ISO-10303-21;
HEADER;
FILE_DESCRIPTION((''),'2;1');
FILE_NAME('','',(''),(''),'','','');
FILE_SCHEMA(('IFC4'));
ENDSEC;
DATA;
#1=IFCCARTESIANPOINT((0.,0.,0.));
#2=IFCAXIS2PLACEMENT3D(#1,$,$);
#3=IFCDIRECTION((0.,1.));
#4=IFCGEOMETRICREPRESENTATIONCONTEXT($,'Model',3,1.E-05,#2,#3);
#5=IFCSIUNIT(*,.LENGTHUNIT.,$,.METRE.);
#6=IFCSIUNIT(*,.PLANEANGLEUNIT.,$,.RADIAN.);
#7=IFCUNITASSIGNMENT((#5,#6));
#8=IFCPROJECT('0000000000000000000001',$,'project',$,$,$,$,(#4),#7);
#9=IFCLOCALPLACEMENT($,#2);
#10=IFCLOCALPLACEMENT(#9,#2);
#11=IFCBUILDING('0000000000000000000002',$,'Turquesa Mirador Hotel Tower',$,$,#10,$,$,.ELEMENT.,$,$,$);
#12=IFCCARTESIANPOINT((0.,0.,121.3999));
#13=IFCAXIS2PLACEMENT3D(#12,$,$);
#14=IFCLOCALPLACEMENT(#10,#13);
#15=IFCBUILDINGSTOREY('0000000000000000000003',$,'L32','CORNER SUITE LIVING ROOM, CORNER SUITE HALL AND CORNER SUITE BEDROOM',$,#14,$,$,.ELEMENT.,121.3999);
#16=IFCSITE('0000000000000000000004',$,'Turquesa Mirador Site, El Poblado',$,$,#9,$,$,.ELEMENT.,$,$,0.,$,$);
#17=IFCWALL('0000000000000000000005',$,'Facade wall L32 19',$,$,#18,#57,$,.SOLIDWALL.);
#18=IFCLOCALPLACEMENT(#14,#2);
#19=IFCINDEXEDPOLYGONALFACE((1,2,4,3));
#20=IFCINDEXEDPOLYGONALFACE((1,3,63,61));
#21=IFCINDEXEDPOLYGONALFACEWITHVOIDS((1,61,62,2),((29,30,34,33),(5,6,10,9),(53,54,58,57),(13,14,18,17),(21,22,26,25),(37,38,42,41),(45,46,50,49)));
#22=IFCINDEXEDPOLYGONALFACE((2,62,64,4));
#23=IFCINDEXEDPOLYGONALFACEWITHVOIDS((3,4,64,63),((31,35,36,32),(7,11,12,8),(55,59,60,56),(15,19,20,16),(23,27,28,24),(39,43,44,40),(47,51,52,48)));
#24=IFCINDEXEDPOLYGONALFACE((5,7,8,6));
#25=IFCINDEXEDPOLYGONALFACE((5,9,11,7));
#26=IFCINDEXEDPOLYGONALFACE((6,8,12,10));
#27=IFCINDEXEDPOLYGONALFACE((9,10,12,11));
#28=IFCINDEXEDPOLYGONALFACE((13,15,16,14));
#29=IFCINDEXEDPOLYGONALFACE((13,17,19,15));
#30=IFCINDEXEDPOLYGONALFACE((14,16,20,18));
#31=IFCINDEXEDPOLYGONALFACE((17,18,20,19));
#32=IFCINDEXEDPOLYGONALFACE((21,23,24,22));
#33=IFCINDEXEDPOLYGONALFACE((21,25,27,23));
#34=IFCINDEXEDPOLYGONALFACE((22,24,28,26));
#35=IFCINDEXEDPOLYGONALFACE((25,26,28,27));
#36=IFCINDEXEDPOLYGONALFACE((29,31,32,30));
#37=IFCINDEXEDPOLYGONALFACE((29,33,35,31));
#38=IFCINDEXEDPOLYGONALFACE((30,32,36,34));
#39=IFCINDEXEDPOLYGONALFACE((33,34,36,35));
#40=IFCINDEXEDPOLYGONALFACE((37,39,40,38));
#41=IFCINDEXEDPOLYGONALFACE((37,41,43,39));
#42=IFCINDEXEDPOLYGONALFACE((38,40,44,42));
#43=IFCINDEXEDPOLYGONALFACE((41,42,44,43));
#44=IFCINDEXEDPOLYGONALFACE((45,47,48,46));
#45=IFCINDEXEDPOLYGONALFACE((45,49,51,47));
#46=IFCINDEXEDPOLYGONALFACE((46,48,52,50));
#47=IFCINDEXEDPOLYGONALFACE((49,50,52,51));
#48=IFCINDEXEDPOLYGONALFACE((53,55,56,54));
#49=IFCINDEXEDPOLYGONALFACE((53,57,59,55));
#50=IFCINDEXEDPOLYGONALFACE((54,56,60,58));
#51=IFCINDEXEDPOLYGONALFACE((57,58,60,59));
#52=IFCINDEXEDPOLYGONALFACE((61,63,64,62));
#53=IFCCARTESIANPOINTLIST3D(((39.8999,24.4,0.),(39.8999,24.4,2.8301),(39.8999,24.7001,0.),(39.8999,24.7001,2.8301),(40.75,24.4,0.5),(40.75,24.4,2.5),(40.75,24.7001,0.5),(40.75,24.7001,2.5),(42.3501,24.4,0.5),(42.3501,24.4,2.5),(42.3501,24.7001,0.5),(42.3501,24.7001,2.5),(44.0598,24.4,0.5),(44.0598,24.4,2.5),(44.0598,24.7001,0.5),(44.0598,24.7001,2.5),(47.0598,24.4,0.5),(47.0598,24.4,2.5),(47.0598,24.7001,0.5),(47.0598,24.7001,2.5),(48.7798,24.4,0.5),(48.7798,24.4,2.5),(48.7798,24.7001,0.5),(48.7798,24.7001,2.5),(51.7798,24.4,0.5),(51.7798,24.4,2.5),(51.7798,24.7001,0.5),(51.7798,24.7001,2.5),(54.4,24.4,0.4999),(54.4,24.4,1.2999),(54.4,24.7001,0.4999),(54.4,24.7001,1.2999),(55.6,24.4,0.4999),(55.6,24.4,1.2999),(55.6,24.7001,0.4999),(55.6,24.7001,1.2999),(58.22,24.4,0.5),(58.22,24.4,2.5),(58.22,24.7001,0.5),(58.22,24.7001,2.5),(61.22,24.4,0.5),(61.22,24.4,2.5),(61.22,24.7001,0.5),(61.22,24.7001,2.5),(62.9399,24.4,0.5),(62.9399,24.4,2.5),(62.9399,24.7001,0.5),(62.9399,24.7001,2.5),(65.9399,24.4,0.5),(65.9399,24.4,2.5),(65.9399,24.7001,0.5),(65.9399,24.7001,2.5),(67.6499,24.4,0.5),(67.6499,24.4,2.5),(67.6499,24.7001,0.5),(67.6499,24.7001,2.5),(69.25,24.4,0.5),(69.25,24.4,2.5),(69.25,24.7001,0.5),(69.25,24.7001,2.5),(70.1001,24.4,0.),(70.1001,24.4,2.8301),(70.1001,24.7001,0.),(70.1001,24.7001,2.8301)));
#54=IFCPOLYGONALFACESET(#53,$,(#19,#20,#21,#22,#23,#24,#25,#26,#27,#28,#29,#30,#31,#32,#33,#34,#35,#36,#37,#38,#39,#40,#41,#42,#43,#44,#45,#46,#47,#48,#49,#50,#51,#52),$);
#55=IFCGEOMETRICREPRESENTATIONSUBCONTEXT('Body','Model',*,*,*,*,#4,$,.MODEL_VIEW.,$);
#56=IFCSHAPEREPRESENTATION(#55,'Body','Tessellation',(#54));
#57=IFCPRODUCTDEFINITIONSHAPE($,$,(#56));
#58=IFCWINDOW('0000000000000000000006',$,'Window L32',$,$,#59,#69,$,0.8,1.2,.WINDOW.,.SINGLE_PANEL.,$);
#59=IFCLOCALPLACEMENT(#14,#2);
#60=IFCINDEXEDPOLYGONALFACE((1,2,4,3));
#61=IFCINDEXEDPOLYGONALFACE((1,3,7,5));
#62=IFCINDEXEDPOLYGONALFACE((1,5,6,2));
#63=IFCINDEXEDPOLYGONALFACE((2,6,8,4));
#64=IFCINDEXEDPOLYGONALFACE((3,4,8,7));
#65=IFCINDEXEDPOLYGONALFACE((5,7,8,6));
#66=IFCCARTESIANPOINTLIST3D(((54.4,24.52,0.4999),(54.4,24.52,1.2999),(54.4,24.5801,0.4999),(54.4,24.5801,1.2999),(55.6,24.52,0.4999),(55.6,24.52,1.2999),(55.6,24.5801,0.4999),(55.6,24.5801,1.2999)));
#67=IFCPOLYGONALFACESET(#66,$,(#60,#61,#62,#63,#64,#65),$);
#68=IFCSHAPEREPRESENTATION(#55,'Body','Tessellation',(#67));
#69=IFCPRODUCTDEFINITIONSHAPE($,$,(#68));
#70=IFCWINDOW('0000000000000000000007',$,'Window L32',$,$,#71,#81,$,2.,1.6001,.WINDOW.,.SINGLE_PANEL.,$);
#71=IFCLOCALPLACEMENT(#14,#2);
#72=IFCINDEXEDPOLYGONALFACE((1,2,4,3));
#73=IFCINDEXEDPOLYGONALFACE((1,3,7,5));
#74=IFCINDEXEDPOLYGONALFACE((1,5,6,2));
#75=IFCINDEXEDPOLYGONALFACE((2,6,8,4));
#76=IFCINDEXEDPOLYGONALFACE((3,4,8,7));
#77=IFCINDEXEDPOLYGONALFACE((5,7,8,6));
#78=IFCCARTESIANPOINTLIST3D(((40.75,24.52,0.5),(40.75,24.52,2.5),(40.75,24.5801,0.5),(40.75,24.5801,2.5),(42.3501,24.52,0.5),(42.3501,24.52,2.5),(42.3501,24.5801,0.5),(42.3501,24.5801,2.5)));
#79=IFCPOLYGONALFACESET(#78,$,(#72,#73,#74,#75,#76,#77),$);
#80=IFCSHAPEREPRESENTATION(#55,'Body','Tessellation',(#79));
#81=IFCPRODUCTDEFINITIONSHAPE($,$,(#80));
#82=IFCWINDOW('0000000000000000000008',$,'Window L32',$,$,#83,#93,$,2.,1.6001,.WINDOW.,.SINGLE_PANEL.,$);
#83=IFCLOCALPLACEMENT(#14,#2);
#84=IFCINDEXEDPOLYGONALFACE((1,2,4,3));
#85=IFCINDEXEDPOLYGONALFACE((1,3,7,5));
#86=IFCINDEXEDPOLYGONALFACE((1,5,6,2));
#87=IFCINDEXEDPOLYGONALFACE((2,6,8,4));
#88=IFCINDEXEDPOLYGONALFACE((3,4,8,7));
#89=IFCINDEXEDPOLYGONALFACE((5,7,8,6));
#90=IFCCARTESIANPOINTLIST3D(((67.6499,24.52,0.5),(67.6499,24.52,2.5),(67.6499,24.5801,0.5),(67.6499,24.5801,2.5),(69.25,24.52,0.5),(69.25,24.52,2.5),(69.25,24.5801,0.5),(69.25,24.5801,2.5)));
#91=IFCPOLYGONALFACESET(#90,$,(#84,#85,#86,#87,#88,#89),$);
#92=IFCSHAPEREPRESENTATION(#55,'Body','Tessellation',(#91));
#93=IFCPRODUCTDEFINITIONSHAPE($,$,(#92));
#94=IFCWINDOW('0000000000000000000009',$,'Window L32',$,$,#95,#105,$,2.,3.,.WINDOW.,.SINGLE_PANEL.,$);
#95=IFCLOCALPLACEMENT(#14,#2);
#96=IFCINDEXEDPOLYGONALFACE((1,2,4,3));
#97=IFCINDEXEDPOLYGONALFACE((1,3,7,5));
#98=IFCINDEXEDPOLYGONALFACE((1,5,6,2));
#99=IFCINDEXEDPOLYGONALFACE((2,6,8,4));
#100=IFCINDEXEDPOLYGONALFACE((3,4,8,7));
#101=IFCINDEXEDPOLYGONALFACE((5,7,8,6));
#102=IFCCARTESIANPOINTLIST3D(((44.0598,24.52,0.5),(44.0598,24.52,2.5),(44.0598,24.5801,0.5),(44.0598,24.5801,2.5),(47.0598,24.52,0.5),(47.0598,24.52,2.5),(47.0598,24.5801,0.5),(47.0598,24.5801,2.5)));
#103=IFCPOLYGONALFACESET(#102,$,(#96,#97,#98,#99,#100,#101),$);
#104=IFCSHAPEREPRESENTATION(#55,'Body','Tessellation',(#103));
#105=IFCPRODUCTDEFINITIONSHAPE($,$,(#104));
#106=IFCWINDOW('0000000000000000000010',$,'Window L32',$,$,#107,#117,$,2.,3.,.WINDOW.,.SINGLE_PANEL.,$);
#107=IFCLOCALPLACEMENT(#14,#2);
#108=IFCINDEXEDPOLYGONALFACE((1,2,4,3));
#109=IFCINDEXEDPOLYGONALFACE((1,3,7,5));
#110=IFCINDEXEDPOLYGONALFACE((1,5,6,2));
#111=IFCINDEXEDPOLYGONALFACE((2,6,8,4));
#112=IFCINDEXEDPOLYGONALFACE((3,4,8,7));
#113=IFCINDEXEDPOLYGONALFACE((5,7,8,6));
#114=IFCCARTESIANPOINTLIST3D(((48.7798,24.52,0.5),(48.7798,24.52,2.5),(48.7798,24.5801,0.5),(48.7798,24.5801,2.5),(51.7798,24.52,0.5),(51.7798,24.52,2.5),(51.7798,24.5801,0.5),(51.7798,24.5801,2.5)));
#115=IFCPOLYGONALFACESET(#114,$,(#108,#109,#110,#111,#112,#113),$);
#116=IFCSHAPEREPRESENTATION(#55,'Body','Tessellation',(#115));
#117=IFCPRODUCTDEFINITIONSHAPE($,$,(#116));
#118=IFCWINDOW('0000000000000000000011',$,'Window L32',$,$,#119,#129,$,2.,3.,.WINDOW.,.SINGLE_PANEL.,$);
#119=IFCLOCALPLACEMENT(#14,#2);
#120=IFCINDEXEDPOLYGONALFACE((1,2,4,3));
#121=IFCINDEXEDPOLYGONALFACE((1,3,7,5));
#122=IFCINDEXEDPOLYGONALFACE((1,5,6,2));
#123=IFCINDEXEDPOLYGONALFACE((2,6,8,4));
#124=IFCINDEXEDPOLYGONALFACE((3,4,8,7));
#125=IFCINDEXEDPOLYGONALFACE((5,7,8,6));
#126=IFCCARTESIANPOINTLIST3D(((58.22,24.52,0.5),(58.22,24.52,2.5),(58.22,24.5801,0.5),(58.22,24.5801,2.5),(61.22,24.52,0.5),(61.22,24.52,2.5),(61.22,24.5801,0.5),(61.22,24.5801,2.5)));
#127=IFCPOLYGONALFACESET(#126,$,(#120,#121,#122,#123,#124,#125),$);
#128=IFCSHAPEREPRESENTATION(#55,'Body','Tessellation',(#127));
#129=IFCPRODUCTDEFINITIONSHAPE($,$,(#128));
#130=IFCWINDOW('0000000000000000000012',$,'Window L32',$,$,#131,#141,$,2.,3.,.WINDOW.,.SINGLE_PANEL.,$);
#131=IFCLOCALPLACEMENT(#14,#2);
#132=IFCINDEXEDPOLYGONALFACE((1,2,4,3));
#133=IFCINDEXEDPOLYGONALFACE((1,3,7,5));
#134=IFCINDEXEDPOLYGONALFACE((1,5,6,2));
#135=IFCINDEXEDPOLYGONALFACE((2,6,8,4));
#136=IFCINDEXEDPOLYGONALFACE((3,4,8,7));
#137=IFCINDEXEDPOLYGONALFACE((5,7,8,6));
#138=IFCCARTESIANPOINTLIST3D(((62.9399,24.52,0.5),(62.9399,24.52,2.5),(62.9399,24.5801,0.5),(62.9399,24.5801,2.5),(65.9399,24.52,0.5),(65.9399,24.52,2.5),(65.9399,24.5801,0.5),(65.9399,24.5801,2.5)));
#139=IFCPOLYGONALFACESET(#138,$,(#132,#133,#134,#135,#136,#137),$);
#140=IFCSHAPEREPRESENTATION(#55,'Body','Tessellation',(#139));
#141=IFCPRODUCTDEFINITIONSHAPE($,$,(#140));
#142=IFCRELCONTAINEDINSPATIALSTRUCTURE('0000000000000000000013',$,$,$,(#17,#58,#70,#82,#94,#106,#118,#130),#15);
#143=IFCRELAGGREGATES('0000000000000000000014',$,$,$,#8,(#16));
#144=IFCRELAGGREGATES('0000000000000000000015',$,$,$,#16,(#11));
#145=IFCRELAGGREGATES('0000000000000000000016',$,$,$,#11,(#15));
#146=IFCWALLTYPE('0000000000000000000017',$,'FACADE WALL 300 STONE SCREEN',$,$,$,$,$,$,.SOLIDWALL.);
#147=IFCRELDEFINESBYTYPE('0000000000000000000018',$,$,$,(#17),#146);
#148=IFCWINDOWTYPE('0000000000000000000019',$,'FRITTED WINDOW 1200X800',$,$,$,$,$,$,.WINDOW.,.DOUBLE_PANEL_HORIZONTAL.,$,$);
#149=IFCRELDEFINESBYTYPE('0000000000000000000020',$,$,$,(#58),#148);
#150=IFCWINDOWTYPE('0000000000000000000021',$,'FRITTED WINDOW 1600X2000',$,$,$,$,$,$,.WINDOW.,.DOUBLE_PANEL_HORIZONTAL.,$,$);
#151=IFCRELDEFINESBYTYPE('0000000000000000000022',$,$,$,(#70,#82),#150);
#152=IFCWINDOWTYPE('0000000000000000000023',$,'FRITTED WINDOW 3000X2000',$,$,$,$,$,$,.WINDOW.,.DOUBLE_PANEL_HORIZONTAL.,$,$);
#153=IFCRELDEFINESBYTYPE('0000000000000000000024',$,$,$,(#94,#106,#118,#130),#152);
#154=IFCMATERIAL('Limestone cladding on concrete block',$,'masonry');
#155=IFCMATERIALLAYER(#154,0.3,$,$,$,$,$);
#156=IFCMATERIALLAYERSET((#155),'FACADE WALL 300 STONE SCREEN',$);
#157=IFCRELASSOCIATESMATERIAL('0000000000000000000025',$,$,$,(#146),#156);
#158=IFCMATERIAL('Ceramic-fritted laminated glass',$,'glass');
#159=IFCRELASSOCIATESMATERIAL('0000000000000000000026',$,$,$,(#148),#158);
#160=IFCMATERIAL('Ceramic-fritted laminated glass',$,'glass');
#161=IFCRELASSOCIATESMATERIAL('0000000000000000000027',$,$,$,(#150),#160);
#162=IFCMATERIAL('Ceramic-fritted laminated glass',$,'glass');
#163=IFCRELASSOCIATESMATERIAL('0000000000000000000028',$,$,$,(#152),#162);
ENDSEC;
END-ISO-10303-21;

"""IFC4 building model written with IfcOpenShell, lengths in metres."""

from ifc_helpers import new_model, si_unit, direction, frame, frame_2d, origin, place, context, subcontext, project, spatial, rectangle, extrude, material, layer, layer_set, type_object, element, fill, save


model = new_model("IFC4")

# Units and contexts
model_context = context("Model", 3, precision=1e-05, world=origin(), true_north=direction((0.0, 1.0)))
body_context = subcontext(model_context, "Body", "Model", "MODEL_VIEW")
ifc_project = project(units=[si_unit("LENGTHUNIT", "METRE"), si_unit("PLANEANGLEUNIT", "RADIAN")], contexts=[model_context])

# Site, building, storey
site_placement = place(None, origin())
site = spatial("IfcSite", under=ifc_project, at=site_placement, Name="Turquesa Mirador Site, El Poblado", CompositionType="ELEMENT", RefElevation=0.0)
building_placement = place(site_placement, origin())
building = spatial("IfcBuilding", under=site, at=building_placement, Name="Turquesa Mirador Hotel Tower", CompositionType="ELEMENT")
storey_placement = place(building_placement, frame((0.0, 0.0, 121.3999)))
storey = spatial("IfcBuildingStorey", under=building, at=storey_placement, Name="L32", Description="CORNER SUITE LIVING ROOM, CORNER SUITE HALL AND CORNER SUITE BEDROOM", CompositionType="ELEMENT", Elevation=121.3999)

# Shared definitions
ifc_material_1 = material(Name="Limestone cladding on concrete block", Category="masonry")
ifc_layer_1 = layer(ifc_material_1, 0.3)
ifc_layer_set_1 = layer_set([ifc_layer_1], Name="FACADE WALL 300 STONE SCREEN")
wall_type_1 = type_object("IfcWallType", Name="FACADE WALL 300 STONE SCREEN", PredefinedType="SOLIDWALL", material=ifc_layer_set_1)

# Wall, openings, windows
wall_1_placement = place(storey_placement, frame((39.8999, 24.55, 0.0), z_axis=(0.0, 0.0, 1.0), x_axis=(1.0, 0.0, 0.0)))
wall_1 = element("IfcWall", 1, at=wall_1_placement, inside=storey, type_object=wall_type_1, Name="Facade wall L32 19", PredefinedType="SOLIDWALL", context=body_context, shape_type="SweptSolid", body=[
    extrude(rectangle(XDim=30.2002, YDim=0.3, at=frame_2d((15.1001, 0.0))), origin(), (0.0, 0.0, 1.0), 2.8301),
])
opening_1_placement = place(wall_1_placement, frame((0.8501, 0.0, 0.5)))
opening_1 = element("IfcOpeningElement", 2, at=opening_1_placement, cuts=wall_1, PredefinedType="OPENING", context=body_context, shape_type="SweptSolid", body=[
    extrude(rectangle(XDim=1.6001, YDim=2.0, at=frame_2d((0.8, 1.0))), frame((0.0, 0.1599, 0.0), z_axis=(0.0, -1.0, 0.0), x_axis=(1.0, 0.0, 0.0)), (0.0, 0.0, 1.0), 0.3201),
])
opening_2_placement = place(wall_1_placement, frame((4.1599, 0.0, 0.5)))
opening_2 = element("IfcOpeningElement", 3, at=opening_2_placement, cuts=wall_1, PredefinedType="OPENING", context=body_context, shape_type="SweptSolid", body=[
    extrude(rectangle(XDim=3.0, YDim=2.0, at=frame_2d((1.5, 1.0))), frame((0.0, 0.1599, 0.0), z_axis=(0.0, -1.0, 0.0), x_axis=(1.0, 0.0, 0.0)), (0.0, 0.0, 1.0), 0.3201),
])
opening_3_placement = place(wall_1_placement, frame((8.8799, 0.0, 0.5)))
opening_3 = element("IfcOpeningElement", 4, at=opening_3_placement, cuts=wall_1, PredefinedType="OPENING", context=body_context, shape_type="SweptSolid", body=[
    extrude(rectangle(XDim=3.0, YDim=2.0, at=frame_2d((1.5, 1.0))), frame((0.0, 0.1599, 0.0), z_axis=(0.0, -1.0, 0.0), x_axis=(1.0, 0.0, 0.0)), (0.0, 0.0, 1.0), 0.3201),
])
opening_4_placement = place(wall_1_placement, frame((14.5, 0.0, 0.5)))
opening_4 = element("IfcOpeningElement", 5, at=opening_4_placement, cuts=wall_1, PredefinedType="OPENING", context=body_context, shape_type="SweptSolid", body=[
    extrude(rectangle(XDim=1.2, YDim=0.8, at=frame_2d((0.6001, 0.3999))), frame((0.0, 0.1599, 0.0), z_axis=(0.0, -1.0, 0.0), x_axis=(1.0, 0.0, 0.0)), (0.0, 0.0, 1.0), 0.3201),
])
opening_5_placement = place(wall_1_placement, frame((18.3201, 0.0, 0.5)))
opening_5 = element("IfcOpeningElement", 6, at=opening_5_placement, cuts=wall_1, PredefinedType="OPENING", context=body_context, shape_type="SweptSolid", body=[
    extrude(rectangle(XDim=3.0, YDim=2.0, at=frame_2d((1.5, 1.0))), frame((0.0, 0.1599, 0.0), z_axis=(0.0, -1.0, 0.0), x_axis=(1.0, 0.0, 0.0)), (0.0, 0.0, 1.0), 0.3201),
])
opening_6_placement = place(wall_1_placement, frame((23.04, 0.0, 0.5)))
opening_6 = element("IfcOpeningElement", 7, at=opening_6_placement, cuts=wall_1, PredefinedType="OPENING", context=body_context, shape_type="SweptSolid", body=[
    extrude(rectangle(XDim=3.0, YDim=2.0, at=frame_2d((1.5, 1.0))), frame((0.0, 0.1599, 0.0), z_axis=(0.0, -1.0, 0.0), x_axis=(1.0, 0.0, 0.0)), (0.0, 0.0, 1.0), 0.3201),
])
opening_7_placement = place(wall_1_placement, frame((27.75, 0.0, 0.5)))
opening_7 = element("IfcOpeningElement", 8, at=opening_7_placement, cuts=wall_1, PredefinedType="OPENING", context=body_context, shape_type="SweptSolid", body=[
    extrude(rectangle(XDim=1.6001, YDim=2.0, at=frame_2d((0.8, 1.0))), frame((0.0, 0.1599, 0.0), z_axis=(0.0, -1.0, 0.0), x_axis=(1.0, 0.0, 0.0)), (0.0, 0.0, 1.0), 0.3201),
])
ifc_material_2 = material(Name="Ceramic-fritted laminated glass", Category="glass")
window_type_1 = type_object("IfcWindowType", Name="FRITTED WINDOW 1200X800", PartitioningType="DOUBLE_PANEL_HORIZONTAL", PredefinedType="WINDOW", material=ifc_material_2)
window_1_placement = place(opening_4_placement, origin())
window_1 = element("IfcWindow", 9, at=window_1_placement, inside=storey, type_object=window_type_1, Name="Window L32", OverallHeight=0.8, OverallWidth=1.2, PartitioningType="SINGLE_PANEL", PredefinedType="WINDOW", context=body_context, shape_type="SweptSolid", body=[
    extrude(rectangle(XDim=1.2, YDim=0.8, at=frame_2d((0.6001, 0.3999))), frame((0.0, 0.03, 0.0), z_axis=(0.0, -1.0, 0.0), x_axis=(1.0, 0.0, 0.0)), (0.0, 0.0, 1.0), 0.0601),
])
fill(opening_4, window_1)
ifc_material_3 = material(Name="Ceramic-fritted laminated glass", Category="glass")
window_type_2 = type_object("IfcWindowType", Name="FRITTED WINDOW 1600X2000", PartitioningType="DOUBLE_PANEL_HORIZONTAL", PredefinedType="WINDOW", material=ifc_material_3)
window_2_placement = place(opening_1_placement, origin())
window_2 = element("IfcWindow", 10, at=window_2_placement, inside=storey, type_object=window_type_2, Name="Window L32", OverallHeight=2.0, OverallWidth=1.6001, PartitioningType="SINGLE_PANEL", PredefinedType="WINDOW", context=body_context, shape_type="SweptSolid", body=[
    extrude(rectangle(XDim=1.6001, YDim=2.0, at=frame_2d((0.8, 1.0))), frame((0.0, 0.03, 0.0), z_axis=(0.0, -1.0, 0.0), x_axis=(1.0, 0.0, 0.0)), (0.0, 0.0, 1.0), 0.0601),
])
fill(opening_1, window_2)
window_3_placement = place(opening_7_placement, origin())
window_3 = element("IfcWindow", 11, at=window_3_placement, inside=storey, type_object=window_type_2, Name="Window L32", OverallHeight=2.0, OverallWidth=1.6001, PartitioningType="SINGLE_PANEL", PredefinedType="WINDOW", context=body_context, shape_type="SweptSolid", body=[
    extrude(rectangle(XDim=1.6001, YDim=2.0, at=frame_2d((0.8, 1.0))), frame((0.0, 0.03, 0.0), z_axis=(0.0, -1.0, 0.0), x_axis=(1.0, 0.0, 0.0)), (0.0, 0.0, 1.0), 0.0601),
])
fill(opening_7, window_3)
ifc_material_4 = material(Name="Ceramic-fritted laminated glass", Category="glass")
window_type_3 = type_object("IfcWindowType", Name="FRITTED WINDOW 3000X2000", PartitioningType="DOUBLE_PANEL_HORIZONTAL", PredefinedType="WINDOW", material=ifc_material_4)
window_4_placement = place(opening_2_placement, origin())
window_4 = element("IfcWindow", 12, at=window_4_placement, inside=storey, type_object=window_type_3, Name="Window L32", OverallHeight=2.0, OverallWidth=3.0, PartitioningType="SINGLE_PANEL", PredefinedType="WINDOW", context=body_context, shape_type="SweptSolid", body=[
    extrude(rectangle(XDim=3.0, YDim=2.0, at=frame_2d((1.5, 1.0))), frame((0.0, 0.03, 0.0), z_axis=(0.0, -1.0, 0.0), x_axis=(1.0, 0.0, 0.0)), (0.0, 0.0, 1.0), 0.0601),
])
fill(opening_2, window_4)
window_5_placement = place(opening_3_placement, origin())
window_5 = element("IfcWindow", 13, at=window_5_placement, inside=storey, type_object=window_type_3, Name="Window L32", OverallHeight=2.0, OverallWidth=3.0, PartitioningType="SINGLE_PANEL", PredefinedType="WINDOW", context=body_context, shape_type="SweptSolid", body=[
    extrude(rectangle(XDim=3.0, YDim=2.0, at=frame_2d((1.5, 1.0))), frame((0.0, 0.03, 0.0), z_axis=(0.0, -1.0, 0.0), x_axis=(1.0, 0.0, 0.0)), (0.0, 0.0, 1.0), 0.0601),
])
fill(opening_3, window_5)
window_6_placement = place(opening_5_placement, origin())
window_6 = element("IfcWindow", 14, at=window_6_placement, inside=storey, type_object=window_type_3, Name="Window L32", OverallHeight=2.0, OverallWidth=3.0, PartitioningType="SINGLE_PANEL", PredefinedType="WINDOW", context=body_context, shape_type="SweptSolid", body=[
    extrude(rectangle(XDim=3.0, YDim=2.0, at=frame_2d((1.5, 1.0))), frame((0.0, 0.03, 0.0), z_axis=(0.0, -1.0, 0.0), x_axis=(1.0, 0.0, 0.0)), (0.0, 0.0, 1.0), 0.0601),
])
fill(opening_5, window_6)
window_7_placement = place(opening_6_placement, origin())
window_7 = element("IfcWindow", 15, at=window_7_placement, inside=storey, type_object=window_type_3, Name="Window L32", OverallHeight=2.0, OverallWidth=3.0, PartitioningType="SINGLE_PANEL", PredefinedType="WINDOW", context=body_context, shape_type="SweptSolid", body=[
    extrude(rectangle(XDim=3.0, YDim=2.0, at=frame_2d((1.5, 1.0))), frame((0.0, 0.03, 0.0), z_axis=(0.0, -1.0, 0.0), x_axis=(1.0, 0.0, 0.0)), (0.0, 0.0, 1.0), 0.0601),
])
fill(opening_6, window_7)

save(model, "model.ifc")
